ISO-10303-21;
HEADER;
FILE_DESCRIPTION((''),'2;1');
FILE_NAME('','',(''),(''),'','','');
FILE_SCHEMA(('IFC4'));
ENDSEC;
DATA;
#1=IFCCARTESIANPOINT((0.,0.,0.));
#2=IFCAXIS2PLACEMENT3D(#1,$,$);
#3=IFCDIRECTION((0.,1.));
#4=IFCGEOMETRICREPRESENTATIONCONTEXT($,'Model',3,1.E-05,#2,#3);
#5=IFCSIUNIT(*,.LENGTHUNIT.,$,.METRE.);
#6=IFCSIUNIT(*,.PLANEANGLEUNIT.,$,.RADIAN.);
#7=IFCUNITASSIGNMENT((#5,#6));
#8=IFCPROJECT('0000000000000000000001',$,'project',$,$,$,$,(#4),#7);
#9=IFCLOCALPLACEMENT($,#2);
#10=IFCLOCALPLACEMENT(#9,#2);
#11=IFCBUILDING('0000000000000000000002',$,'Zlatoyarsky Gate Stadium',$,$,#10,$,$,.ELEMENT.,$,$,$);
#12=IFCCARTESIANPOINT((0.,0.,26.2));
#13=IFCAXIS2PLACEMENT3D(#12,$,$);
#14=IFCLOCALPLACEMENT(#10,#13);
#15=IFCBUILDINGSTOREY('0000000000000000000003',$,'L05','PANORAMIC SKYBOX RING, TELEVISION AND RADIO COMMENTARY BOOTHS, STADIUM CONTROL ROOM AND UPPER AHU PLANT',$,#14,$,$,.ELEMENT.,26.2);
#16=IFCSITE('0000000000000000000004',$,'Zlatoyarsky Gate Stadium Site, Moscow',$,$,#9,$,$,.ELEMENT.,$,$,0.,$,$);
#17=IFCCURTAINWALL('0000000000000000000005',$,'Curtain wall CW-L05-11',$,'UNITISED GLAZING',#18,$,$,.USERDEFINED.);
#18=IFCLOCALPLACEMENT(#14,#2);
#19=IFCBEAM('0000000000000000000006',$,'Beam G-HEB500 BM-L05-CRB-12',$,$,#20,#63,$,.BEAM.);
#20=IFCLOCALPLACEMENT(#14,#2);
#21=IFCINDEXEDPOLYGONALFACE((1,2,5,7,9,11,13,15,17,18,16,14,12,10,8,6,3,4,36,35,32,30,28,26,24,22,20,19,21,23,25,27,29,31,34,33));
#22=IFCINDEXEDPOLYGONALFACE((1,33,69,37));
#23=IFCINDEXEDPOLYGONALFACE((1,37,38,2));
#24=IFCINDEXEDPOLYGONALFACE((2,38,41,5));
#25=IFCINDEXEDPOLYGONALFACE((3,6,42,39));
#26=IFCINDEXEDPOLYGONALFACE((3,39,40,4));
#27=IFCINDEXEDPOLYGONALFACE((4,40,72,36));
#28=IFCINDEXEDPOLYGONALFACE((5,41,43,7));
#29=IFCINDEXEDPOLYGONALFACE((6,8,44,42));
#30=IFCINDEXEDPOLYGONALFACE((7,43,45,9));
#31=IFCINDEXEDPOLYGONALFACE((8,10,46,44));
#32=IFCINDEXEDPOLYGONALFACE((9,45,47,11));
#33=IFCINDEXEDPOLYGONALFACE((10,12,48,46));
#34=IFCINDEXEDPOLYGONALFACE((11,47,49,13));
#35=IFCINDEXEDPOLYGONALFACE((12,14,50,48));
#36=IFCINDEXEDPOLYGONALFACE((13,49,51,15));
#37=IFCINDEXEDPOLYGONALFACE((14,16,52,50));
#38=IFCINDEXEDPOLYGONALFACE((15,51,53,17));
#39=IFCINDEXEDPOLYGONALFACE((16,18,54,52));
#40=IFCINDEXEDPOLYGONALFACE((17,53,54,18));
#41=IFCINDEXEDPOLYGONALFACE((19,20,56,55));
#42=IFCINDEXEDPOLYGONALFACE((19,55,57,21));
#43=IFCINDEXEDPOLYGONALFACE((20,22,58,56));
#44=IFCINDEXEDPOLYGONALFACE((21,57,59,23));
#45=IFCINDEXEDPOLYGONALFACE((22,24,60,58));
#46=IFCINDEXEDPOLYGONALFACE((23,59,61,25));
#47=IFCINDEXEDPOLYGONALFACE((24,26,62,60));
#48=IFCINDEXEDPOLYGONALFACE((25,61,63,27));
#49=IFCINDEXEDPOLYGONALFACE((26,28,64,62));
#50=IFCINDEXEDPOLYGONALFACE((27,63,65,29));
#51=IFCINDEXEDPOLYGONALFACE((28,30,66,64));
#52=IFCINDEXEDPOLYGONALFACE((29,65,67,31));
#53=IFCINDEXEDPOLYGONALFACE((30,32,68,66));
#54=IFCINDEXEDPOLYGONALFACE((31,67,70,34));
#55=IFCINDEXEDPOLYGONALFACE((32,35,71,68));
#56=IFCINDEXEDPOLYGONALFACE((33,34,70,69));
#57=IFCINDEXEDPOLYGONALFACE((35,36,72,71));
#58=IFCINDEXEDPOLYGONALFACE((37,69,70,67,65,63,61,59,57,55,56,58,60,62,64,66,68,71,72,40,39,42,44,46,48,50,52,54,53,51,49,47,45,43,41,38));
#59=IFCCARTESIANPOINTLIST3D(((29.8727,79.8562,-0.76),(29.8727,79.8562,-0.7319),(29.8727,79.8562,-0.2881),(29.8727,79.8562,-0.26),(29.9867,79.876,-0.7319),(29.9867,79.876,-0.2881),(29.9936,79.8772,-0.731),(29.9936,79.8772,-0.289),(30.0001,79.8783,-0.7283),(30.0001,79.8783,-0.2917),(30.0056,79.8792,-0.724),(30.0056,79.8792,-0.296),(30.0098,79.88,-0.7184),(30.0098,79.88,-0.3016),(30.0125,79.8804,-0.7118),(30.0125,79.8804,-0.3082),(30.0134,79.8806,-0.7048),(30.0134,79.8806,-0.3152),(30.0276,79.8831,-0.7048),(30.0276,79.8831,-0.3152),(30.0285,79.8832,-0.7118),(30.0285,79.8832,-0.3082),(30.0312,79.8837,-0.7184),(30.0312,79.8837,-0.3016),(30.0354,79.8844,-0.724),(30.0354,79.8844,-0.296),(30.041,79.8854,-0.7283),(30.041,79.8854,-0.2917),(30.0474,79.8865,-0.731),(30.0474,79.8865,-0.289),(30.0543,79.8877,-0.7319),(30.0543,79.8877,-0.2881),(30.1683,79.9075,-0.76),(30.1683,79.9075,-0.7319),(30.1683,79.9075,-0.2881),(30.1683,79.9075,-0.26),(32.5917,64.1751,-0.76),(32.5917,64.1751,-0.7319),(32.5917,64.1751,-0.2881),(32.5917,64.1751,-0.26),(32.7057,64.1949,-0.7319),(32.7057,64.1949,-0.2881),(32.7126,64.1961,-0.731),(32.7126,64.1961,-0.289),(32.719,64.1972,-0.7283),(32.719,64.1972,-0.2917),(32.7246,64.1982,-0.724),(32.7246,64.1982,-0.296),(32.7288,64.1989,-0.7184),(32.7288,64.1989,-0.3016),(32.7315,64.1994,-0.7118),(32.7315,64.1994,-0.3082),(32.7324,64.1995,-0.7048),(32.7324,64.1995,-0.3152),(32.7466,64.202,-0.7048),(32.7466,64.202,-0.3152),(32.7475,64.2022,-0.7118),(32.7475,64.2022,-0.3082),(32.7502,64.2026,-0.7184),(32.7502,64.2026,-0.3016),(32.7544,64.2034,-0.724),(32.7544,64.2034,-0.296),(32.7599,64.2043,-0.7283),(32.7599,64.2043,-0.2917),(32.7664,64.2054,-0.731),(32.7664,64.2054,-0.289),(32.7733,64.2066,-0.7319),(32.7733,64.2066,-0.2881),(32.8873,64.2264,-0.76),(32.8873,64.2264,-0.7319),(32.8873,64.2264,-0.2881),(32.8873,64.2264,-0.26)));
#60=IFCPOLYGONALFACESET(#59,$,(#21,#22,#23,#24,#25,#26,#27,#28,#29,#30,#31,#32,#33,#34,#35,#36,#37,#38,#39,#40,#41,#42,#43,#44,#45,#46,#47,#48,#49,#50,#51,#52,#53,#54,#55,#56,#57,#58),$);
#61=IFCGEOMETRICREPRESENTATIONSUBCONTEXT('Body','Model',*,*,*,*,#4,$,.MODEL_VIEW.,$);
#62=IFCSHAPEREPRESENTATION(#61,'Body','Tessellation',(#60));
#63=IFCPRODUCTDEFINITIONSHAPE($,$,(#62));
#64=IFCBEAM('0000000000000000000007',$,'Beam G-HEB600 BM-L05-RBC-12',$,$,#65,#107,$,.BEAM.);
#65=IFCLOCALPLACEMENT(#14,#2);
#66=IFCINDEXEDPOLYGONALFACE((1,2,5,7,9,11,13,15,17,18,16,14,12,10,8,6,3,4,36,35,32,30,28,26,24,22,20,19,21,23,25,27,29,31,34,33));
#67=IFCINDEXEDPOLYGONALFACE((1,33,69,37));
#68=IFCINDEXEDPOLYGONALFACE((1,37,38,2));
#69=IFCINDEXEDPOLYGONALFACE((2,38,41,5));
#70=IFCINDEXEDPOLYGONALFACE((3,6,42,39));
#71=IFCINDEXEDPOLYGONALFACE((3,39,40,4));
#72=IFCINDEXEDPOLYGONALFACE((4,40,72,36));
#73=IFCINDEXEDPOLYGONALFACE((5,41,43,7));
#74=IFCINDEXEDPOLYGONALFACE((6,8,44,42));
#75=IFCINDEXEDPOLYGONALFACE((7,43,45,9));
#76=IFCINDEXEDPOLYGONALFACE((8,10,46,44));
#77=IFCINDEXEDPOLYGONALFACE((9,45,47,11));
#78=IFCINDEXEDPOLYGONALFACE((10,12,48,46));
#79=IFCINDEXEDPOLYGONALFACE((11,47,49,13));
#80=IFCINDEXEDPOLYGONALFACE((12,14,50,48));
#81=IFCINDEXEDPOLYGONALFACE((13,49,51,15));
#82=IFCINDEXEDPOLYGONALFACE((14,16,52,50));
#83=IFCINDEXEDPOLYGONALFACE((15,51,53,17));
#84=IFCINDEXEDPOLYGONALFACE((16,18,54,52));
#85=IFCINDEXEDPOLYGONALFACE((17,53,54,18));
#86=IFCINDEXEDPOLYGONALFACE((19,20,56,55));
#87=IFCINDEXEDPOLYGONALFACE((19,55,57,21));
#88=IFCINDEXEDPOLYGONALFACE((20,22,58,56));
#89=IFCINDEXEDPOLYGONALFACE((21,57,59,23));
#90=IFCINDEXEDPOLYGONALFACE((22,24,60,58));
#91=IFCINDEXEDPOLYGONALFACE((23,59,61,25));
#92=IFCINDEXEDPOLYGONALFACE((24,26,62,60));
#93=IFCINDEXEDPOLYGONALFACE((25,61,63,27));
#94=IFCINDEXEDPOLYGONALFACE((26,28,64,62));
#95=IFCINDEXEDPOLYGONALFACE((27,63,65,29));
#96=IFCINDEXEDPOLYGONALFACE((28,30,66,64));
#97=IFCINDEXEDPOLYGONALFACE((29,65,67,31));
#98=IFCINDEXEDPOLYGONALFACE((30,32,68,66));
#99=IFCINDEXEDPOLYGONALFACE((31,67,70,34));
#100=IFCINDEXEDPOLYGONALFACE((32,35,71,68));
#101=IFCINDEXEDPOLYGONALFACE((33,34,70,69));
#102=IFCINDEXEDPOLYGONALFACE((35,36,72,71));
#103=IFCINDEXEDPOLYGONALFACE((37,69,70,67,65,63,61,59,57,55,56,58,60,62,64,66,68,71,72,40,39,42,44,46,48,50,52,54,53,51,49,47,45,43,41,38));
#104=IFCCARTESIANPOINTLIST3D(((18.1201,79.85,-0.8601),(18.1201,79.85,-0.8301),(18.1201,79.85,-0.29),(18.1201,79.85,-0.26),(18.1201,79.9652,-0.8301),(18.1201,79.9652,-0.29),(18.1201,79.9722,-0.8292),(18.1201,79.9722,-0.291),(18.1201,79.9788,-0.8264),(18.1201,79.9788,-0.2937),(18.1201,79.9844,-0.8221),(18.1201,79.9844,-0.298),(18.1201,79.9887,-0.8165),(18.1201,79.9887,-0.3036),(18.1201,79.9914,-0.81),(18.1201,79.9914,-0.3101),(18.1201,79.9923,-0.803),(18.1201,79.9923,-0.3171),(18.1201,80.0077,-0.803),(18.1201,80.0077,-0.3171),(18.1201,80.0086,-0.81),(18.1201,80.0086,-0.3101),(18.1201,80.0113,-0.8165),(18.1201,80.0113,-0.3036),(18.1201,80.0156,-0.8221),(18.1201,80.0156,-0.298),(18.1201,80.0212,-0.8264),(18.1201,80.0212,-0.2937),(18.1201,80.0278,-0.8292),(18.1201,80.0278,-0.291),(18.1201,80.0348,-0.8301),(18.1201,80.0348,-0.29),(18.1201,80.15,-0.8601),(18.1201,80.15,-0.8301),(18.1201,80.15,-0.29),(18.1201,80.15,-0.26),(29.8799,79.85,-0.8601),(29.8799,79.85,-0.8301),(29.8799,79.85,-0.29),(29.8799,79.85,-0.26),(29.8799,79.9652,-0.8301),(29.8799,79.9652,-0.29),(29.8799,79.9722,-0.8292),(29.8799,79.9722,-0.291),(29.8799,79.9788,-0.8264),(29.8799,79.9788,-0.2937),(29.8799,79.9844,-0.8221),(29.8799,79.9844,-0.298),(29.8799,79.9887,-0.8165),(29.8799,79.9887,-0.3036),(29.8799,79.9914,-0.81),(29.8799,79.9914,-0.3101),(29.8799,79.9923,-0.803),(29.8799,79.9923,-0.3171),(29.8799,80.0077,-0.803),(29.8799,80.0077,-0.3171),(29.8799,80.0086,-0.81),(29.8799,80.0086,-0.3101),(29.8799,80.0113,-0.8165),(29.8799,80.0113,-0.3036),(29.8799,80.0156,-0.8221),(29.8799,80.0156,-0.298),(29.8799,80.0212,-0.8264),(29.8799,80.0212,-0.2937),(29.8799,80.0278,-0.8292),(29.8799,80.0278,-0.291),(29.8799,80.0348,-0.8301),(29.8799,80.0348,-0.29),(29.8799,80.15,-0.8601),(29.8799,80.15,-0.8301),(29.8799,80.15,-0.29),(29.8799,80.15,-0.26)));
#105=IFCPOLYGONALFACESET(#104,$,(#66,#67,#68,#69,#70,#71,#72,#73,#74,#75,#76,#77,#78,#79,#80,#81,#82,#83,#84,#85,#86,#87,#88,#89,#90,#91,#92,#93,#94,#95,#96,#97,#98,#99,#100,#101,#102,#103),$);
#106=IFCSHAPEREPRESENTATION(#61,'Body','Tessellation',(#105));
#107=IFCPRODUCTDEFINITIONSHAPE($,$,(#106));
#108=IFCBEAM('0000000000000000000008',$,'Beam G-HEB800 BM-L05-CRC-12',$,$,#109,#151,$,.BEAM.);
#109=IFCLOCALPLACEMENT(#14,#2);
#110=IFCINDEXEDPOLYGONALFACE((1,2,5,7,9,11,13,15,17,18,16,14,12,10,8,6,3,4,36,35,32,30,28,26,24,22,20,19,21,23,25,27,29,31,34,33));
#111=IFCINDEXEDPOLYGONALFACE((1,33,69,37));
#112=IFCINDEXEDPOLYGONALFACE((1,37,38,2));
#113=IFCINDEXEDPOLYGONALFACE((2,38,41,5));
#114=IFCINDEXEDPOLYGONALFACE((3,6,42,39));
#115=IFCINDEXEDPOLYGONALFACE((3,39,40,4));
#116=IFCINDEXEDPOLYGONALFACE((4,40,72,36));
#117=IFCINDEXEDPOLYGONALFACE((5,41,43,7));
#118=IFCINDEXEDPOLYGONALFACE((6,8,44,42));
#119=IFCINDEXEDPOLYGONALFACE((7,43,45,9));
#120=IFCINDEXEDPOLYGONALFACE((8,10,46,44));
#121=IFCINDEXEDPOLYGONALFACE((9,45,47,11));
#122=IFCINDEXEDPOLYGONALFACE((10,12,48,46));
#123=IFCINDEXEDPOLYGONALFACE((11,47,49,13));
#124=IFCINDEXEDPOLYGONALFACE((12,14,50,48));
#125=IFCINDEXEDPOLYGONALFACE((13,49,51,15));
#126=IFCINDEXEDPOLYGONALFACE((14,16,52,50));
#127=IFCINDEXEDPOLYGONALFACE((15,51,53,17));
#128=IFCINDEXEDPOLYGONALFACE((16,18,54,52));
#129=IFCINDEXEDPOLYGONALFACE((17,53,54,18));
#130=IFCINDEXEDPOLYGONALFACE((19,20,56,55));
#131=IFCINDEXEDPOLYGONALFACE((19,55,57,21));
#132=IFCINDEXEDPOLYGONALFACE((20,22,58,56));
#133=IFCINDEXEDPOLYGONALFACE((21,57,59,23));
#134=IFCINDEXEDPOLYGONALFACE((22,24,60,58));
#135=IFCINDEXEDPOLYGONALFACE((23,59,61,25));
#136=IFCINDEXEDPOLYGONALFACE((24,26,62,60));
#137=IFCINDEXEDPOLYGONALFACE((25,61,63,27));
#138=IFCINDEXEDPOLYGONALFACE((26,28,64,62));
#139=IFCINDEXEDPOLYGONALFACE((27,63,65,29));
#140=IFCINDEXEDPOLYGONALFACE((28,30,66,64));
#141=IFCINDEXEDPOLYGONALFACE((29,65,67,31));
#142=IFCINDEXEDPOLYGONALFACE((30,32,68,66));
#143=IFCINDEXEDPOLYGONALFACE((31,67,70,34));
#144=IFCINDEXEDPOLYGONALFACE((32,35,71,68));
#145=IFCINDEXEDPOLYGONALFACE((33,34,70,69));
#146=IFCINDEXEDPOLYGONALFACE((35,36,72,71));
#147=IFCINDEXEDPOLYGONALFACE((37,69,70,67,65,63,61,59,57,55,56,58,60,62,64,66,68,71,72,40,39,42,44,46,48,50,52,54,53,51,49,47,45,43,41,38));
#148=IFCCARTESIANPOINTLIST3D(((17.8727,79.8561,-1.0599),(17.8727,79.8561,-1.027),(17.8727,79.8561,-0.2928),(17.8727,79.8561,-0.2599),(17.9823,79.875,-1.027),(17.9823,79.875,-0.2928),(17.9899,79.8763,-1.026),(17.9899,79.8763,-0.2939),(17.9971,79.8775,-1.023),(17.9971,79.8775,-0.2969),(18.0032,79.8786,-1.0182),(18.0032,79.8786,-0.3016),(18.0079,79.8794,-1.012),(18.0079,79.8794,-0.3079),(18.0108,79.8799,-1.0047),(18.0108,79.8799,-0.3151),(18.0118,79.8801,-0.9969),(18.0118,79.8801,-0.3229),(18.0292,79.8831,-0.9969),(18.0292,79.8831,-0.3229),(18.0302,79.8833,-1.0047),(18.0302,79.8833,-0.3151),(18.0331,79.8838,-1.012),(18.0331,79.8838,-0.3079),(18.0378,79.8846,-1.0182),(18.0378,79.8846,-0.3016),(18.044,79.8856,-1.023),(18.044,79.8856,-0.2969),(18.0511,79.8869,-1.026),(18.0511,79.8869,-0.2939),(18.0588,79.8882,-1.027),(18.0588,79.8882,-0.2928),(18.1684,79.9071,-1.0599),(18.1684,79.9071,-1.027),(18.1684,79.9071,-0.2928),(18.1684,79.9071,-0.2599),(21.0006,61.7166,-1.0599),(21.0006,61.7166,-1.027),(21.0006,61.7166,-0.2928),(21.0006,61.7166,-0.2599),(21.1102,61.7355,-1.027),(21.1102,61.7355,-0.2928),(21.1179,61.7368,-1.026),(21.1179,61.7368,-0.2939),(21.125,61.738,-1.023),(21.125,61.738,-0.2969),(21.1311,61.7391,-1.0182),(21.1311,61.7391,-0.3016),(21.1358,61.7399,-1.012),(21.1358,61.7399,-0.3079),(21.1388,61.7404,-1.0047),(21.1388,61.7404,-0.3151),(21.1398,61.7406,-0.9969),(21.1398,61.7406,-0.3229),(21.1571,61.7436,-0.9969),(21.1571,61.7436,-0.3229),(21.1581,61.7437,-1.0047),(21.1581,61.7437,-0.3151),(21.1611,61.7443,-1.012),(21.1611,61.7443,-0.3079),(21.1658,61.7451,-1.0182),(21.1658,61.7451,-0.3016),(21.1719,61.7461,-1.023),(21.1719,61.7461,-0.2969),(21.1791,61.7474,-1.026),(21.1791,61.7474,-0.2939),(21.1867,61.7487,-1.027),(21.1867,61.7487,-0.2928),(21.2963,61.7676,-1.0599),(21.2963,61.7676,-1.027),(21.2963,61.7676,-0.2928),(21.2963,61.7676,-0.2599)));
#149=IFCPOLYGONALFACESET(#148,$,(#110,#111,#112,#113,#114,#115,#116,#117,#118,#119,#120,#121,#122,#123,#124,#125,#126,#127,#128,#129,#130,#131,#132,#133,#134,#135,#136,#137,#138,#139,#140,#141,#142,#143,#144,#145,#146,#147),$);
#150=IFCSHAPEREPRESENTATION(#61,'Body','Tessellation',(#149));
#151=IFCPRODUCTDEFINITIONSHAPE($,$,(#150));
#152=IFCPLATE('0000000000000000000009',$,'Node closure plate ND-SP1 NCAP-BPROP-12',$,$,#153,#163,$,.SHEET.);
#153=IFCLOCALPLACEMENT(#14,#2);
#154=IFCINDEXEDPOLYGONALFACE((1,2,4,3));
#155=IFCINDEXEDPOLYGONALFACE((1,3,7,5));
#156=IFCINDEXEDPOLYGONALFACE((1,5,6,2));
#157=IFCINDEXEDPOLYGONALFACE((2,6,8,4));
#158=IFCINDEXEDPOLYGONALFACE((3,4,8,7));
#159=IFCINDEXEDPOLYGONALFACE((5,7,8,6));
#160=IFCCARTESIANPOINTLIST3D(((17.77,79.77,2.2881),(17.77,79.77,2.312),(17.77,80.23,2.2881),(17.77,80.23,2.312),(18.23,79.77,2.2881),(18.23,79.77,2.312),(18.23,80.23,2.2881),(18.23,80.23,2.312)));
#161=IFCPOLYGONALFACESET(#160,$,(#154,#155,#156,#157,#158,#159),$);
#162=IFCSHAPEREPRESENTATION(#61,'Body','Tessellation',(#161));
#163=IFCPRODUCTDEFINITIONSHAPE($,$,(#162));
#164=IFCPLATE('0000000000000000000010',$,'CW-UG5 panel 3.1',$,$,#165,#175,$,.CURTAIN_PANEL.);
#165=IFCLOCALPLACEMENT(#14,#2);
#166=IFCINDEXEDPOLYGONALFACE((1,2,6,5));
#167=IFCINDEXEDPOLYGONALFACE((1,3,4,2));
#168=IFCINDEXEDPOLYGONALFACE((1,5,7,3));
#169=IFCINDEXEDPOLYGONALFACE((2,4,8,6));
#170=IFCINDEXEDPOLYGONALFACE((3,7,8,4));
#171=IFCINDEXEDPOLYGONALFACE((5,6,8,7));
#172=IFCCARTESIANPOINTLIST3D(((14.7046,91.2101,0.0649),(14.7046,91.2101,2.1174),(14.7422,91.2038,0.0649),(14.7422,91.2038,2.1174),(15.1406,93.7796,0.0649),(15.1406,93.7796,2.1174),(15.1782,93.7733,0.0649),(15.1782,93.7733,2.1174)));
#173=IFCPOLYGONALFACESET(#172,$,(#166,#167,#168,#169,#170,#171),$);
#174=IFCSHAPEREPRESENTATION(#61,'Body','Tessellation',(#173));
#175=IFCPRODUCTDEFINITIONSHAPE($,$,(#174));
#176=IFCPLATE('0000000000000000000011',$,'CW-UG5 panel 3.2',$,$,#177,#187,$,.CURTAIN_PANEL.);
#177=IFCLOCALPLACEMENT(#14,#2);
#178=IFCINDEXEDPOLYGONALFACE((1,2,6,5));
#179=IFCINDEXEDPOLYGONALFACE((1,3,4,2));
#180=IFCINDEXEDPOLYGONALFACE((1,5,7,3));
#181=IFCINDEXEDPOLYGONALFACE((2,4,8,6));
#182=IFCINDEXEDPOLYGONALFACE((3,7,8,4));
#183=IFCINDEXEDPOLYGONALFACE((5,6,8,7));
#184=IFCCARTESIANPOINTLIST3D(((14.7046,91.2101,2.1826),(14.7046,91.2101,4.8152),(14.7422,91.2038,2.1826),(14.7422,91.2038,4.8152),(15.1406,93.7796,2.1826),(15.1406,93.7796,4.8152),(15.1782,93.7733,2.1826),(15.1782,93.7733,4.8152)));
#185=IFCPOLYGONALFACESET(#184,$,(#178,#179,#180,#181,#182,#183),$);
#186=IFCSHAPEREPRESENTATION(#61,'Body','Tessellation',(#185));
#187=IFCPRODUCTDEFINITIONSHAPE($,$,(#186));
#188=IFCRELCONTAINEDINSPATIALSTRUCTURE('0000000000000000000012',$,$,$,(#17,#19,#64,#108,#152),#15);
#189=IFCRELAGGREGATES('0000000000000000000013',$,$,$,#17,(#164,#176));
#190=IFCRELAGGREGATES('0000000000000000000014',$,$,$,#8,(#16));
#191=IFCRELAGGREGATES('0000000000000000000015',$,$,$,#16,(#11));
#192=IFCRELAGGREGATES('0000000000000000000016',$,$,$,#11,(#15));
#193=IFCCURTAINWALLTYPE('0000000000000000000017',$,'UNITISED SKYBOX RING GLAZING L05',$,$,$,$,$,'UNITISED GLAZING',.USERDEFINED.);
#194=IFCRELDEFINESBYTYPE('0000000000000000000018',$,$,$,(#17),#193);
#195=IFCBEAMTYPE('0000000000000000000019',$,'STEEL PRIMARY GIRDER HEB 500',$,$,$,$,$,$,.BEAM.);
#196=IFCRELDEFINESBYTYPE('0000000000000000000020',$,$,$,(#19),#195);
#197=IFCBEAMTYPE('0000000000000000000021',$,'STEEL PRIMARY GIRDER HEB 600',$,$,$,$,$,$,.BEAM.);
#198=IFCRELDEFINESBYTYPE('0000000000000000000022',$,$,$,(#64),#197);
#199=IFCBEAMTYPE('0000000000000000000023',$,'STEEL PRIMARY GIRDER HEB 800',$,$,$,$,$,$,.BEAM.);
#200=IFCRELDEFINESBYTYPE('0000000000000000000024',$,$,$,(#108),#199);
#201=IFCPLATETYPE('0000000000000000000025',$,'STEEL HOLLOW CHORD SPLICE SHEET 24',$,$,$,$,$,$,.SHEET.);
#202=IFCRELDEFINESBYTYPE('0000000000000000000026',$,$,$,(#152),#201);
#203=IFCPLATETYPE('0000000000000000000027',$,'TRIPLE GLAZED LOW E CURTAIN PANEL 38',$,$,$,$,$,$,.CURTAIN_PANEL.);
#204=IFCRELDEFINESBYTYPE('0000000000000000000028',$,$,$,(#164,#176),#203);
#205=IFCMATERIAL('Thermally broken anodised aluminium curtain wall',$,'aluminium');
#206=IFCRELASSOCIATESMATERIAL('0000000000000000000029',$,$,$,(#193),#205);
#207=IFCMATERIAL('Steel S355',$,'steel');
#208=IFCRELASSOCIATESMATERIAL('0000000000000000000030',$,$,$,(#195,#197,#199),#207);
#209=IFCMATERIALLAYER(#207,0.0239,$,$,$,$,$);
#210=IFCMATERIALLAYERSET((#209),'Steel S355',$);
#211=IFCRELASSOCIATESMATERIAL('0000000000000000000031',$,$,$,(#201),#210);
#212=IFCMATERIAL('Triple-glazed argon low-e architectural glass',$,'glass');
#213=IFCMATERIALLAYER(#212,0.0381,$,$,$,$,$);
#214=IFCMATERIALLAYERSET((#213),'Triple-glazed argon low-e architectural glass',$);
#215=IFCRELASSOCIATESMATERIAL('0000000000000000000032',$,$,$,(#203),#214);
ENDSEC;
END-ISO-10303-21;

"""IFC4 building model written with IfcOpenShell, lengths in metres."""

from ifc_helpers import new_model, si_unit, direction, frame, origin, origin_2d, place, context, subcontext, project, spatial, rectangle, i_section, extrude, material, layer, layer_set, material_profile, profile_set, type_object, element, aggregate, save


model = new_model("IFC4")

# Units and contexts
model_context = context("Model", 3, precision=1e-05, world=origin(), true_north=direction((0.0, 1.0)))
body_context = subcontext(model_context, "Body", "Model", "MODEL_VIEW")
ifc_project = project(units=[si_unit("LENGTHUNIT", "METRE"), si_unit("PLANEANGLEUNIT", "RADIAN")], contexts=[model_context])

# Site, building, storey
site_placement = place(None, origin())
site = spatial("IfcSite", under=ifc_project, at=site_placement, Name="Zlatoyarsky Gate Stadium Site, Moscow", CompositionType="ELEMENT", RefElevation=0.0)
building_placement = place(site_placement, origin())
building = spatial("IfcBuilding", under=site, at=building_placement, Name="Zlatoyarsky Gate Stadium", CompositionType="ELEMENT")
storey_placement = place(building_placement, frame((0.0, 0.0, 26.2)))
storey = spatial("IfcBuildingStorey", under=building, at=storey_placement, Name="L05", Description="PANORAMIC SKYBOX RING, TELEVISION AND RADIO COMMENTARY BOOTHS, STADIUM CONTROL ROOM AND UPPER AHU PLANT", CompositionType="ELEMENT", Elevation=26.2)

# Shared definitions
ifc_material_1 = material(Name="Steel S355", Category="steel")

# Curtain wall
ifc_material_2 = material(Name="Thermally broken anodised aluminium curtain wall", Category="aluminium")
curtain_wall_type = type_object("IfcCurtainWallType", Name="UNITISED SKYBOX RING GLAZING L05", ElementType="UNITISED GLAZING", PredefinedType="USERDEFINED", material=ifc_material_2)
curtain_wall_placement = place(storey_placement, origin())
curtain_wall = element("IfcCurtainWall", 1, at=curtain_wall_placement, inside=storey, type_object=curtain_wall_type, Name="Curtain wall CW-L05-11", ObjectType="UNITISED GLAZING", PredefinedType="USERDEFINED")

# Beams
ifc_material_profile_1 = material_profile(ifc_material_1, i_section(OverallWidth=0.3, OverallDepth=0.5, WebThickness=0.0144, FlangeThickness=0.0281, FilletRadius=0.0271, at=origin_2d()), Name="HEB 500")
ifc_profile_set_1 = profile_set([ifc_material_profile_1], Name="Steel S355")
beam_type_1 = type_object("IfcBeamType", Name="STEEL PRIMARY GIRDER HEB 500", PredefinedType="BEAM", material=ifc_profile_set_1)
beam_1_placement = place(storey_placement, frame((30.0205, 79.8818, -0.51), z_axis=(0.170843, -0.985298, 0.0), x_axis=(0.985298, 0.170843, 0.0)))
element("IfcBeam", 2, at=beam_1_placement, inside=storey, type_object=beam_type_1, Name="Beam G-HEB500 BM-L05-CRB-12", PredefinedType="BEAM", context=body_context, shape_type="SweptSolid", body=[
    extrude(i_section(OverallWidth=0.3, OverallDepth=0.5, WebThickness=0.0144, FlangeThickness=0.0281, FilletRadius=0.0271, at=origin_2d()), origin(), (0.0, 0.0, 1.0), 15.915),
])
ifc_material_profile_2 = material_profile(ifc_material_1, i_section(OverallWidth=0.3, OverallDepth=0.6001, WebThickness=0.0154, FlangeThickness=0.03, FilletRadius=0.0271, at=origin_2d()), Name="HEB 600")
ifc_profile_set_2 = profile_set([ifc_material_profile_2], Name="Steel S355")
beam_type_2 = type_object("IfcBeamType", Name="STEEL PRIMARY GIRDER HEB 600", PredefinedType="BEAM", material=ifc_profile_set_2)
beam_2_placement = place(storey_placement, frame((29.8799, 80.0, -0.5601), z_axis=(-1.0, 0.0, 0.0), x_axis=(0.0, -1.0, 0.0)))
element("IfcBeam", 3, at=beam_2_placement, inside=storey, type_object=beam_type_2, Name="Beam G-HEB600 BM-L05-RBC-12", PredefinedType="BEAM", context=body_context, shape_type="SweptSolid", body=[
    extrude(i_section(OverallWidth=0.3, OverallDepth=0.6001, WebThickness=0.0154, FlangeThickness=0.03, FilletRadius=0.0271, at=origin_2d()), origin(), (0.0, 0.0, 1.0), 11.7598),
])
ifc_material_profile_3 = material_profile(ifc_material_1, i_section(OverallWidth=0.3, OverallDepth=0.8, WebThickness=0.0176, FlangeThickness=0.033, FilletRadius=0.03, at=origin_2d()), Name="HEB 800")
ifc_profile_set_3 = profile_set([ifc_material_profile_3], Name="Steel S355")
beam_type_3 = type_object("IfcBeamType", Name="STEEL PRIMARY GIRDER HEB 800", PredefinedType="BEAM", material=ifc_profile_set_3)
beam_3_placement = place(storey_placement, frame((18.0205, 79.8816, -0.6599), z_axis=(0.16993, -0.985456, 0.0), x_axis=(0.985456, 0.16993, 0.0)))
element("IfcBeam", 4, at=beam_3_placement, inside=storey, type_object=beam_type_3, Name="Beam G-HEB800 BM-L05-CRC-12", PredefinedType="BEAM", context=body_context, shape_type="SweptSolid", body=[
    extrude(i_section(OverallWidth=0.3, OverallDepth=0.8, WebThickness=0.0176, FlangeThickness=0.033, FilletRadius=0.03, at=origin_2d()), origin(), (0.0, 0.0, 1.0), 18.4072),
])

# Plates
ifc_layer_1 = layer(ifc_material_1, 0.0239)
ifc_layer_set_1 = layer_set([ifc_layer_1], Name="Steel S355")
plate_type_1 = type_object("IfcPlateType", Name="STEEL HOLLOW CHORD SPLICE SHEET 24", PredefinedType="SHEET", material=ifc_layer_set_1)
plate_1_placement = place(storey_placement, frame((18.0, 80.0, 2.2881), z_axis=(0.0, 0.0, 1.0), x_axis=(1.0, 0.0, 0.0)))
element("IfcPlate", 5, at=plate_1_placement, inside=storey, type_object=plate_type_1, Name="Node closure plate ND-SP1 NCAP-BPROP-12", PredefinedType="SHEET", context=body_context, shape_type="SweptSolid", body=[
    extrude(rectangle(XDim=0.46, YDim=0.46, at=origin_2d()), origin(), (0.0, 0.0, 1.0), 0.0239),
])
ifc_material_3 = material(Name="Triple-glazed argon low-e architectural glass", Category="glass")
ifc_layer_2 = layer(ifc_material_3, 0.0381)
ifc_layer_set_2 = layer_set([ifc_layer_2], Name="Triple-glazed argon low-e architectural glass")
plate_type_2 = type_object("IfcPlateType", Name="TRIPLE GLAZED LOW E CURTAIN PANEL 38", PredefinedType="CURTAIN_PANEL", material=ifc_layer_set_2)
plate_2_placement = place(storey_placement, frame((14.9414, 92.4917, 0.0649), z_axis=(0.0, 0.0, 1.0), x_axis=(-0.167284, -0.985909, 0.0)))
plate_2 = element("IfcPlate", 6, at=plate_2_placement, type_object=plate_type_2, Name="CW-UG5 panel 3.1", PredefinedType="CURTAIN_PANEL", context=body_context, shape_type="SweptSolid", body=[
    extrude(rectangle(XDim=2.6062, YDim=0.0381, at=origin_2d()), origin(), (0.0, 0.0, 1.0), 2.0525),
])
plate_3_placement = place(storey_placement, frame((14.9414, 92.4917, 2.1826), z_axis=(0.0, 0.0, 1.0), x_axis=(-0.167284, -0.985909, 0.0)))
plate_3 = element("IfcPlate", 7, at=plate_3_placement, type_object=plate_type_2, Name="CW-UG5 panel 3.2", PredefinedType="CURTAIN_PANEL", context=body_context, shape_type="SweptSolid", body=[
    extrude(rectangle(XDim=2.6062, YDim=0.0381, at=origin_2d()), origin(), (0.0, 0.0, 1.0), 2.6326),
])
aggregate(curtain_wall, [plate_2, plate_3])

save(model, "model.ifc")
